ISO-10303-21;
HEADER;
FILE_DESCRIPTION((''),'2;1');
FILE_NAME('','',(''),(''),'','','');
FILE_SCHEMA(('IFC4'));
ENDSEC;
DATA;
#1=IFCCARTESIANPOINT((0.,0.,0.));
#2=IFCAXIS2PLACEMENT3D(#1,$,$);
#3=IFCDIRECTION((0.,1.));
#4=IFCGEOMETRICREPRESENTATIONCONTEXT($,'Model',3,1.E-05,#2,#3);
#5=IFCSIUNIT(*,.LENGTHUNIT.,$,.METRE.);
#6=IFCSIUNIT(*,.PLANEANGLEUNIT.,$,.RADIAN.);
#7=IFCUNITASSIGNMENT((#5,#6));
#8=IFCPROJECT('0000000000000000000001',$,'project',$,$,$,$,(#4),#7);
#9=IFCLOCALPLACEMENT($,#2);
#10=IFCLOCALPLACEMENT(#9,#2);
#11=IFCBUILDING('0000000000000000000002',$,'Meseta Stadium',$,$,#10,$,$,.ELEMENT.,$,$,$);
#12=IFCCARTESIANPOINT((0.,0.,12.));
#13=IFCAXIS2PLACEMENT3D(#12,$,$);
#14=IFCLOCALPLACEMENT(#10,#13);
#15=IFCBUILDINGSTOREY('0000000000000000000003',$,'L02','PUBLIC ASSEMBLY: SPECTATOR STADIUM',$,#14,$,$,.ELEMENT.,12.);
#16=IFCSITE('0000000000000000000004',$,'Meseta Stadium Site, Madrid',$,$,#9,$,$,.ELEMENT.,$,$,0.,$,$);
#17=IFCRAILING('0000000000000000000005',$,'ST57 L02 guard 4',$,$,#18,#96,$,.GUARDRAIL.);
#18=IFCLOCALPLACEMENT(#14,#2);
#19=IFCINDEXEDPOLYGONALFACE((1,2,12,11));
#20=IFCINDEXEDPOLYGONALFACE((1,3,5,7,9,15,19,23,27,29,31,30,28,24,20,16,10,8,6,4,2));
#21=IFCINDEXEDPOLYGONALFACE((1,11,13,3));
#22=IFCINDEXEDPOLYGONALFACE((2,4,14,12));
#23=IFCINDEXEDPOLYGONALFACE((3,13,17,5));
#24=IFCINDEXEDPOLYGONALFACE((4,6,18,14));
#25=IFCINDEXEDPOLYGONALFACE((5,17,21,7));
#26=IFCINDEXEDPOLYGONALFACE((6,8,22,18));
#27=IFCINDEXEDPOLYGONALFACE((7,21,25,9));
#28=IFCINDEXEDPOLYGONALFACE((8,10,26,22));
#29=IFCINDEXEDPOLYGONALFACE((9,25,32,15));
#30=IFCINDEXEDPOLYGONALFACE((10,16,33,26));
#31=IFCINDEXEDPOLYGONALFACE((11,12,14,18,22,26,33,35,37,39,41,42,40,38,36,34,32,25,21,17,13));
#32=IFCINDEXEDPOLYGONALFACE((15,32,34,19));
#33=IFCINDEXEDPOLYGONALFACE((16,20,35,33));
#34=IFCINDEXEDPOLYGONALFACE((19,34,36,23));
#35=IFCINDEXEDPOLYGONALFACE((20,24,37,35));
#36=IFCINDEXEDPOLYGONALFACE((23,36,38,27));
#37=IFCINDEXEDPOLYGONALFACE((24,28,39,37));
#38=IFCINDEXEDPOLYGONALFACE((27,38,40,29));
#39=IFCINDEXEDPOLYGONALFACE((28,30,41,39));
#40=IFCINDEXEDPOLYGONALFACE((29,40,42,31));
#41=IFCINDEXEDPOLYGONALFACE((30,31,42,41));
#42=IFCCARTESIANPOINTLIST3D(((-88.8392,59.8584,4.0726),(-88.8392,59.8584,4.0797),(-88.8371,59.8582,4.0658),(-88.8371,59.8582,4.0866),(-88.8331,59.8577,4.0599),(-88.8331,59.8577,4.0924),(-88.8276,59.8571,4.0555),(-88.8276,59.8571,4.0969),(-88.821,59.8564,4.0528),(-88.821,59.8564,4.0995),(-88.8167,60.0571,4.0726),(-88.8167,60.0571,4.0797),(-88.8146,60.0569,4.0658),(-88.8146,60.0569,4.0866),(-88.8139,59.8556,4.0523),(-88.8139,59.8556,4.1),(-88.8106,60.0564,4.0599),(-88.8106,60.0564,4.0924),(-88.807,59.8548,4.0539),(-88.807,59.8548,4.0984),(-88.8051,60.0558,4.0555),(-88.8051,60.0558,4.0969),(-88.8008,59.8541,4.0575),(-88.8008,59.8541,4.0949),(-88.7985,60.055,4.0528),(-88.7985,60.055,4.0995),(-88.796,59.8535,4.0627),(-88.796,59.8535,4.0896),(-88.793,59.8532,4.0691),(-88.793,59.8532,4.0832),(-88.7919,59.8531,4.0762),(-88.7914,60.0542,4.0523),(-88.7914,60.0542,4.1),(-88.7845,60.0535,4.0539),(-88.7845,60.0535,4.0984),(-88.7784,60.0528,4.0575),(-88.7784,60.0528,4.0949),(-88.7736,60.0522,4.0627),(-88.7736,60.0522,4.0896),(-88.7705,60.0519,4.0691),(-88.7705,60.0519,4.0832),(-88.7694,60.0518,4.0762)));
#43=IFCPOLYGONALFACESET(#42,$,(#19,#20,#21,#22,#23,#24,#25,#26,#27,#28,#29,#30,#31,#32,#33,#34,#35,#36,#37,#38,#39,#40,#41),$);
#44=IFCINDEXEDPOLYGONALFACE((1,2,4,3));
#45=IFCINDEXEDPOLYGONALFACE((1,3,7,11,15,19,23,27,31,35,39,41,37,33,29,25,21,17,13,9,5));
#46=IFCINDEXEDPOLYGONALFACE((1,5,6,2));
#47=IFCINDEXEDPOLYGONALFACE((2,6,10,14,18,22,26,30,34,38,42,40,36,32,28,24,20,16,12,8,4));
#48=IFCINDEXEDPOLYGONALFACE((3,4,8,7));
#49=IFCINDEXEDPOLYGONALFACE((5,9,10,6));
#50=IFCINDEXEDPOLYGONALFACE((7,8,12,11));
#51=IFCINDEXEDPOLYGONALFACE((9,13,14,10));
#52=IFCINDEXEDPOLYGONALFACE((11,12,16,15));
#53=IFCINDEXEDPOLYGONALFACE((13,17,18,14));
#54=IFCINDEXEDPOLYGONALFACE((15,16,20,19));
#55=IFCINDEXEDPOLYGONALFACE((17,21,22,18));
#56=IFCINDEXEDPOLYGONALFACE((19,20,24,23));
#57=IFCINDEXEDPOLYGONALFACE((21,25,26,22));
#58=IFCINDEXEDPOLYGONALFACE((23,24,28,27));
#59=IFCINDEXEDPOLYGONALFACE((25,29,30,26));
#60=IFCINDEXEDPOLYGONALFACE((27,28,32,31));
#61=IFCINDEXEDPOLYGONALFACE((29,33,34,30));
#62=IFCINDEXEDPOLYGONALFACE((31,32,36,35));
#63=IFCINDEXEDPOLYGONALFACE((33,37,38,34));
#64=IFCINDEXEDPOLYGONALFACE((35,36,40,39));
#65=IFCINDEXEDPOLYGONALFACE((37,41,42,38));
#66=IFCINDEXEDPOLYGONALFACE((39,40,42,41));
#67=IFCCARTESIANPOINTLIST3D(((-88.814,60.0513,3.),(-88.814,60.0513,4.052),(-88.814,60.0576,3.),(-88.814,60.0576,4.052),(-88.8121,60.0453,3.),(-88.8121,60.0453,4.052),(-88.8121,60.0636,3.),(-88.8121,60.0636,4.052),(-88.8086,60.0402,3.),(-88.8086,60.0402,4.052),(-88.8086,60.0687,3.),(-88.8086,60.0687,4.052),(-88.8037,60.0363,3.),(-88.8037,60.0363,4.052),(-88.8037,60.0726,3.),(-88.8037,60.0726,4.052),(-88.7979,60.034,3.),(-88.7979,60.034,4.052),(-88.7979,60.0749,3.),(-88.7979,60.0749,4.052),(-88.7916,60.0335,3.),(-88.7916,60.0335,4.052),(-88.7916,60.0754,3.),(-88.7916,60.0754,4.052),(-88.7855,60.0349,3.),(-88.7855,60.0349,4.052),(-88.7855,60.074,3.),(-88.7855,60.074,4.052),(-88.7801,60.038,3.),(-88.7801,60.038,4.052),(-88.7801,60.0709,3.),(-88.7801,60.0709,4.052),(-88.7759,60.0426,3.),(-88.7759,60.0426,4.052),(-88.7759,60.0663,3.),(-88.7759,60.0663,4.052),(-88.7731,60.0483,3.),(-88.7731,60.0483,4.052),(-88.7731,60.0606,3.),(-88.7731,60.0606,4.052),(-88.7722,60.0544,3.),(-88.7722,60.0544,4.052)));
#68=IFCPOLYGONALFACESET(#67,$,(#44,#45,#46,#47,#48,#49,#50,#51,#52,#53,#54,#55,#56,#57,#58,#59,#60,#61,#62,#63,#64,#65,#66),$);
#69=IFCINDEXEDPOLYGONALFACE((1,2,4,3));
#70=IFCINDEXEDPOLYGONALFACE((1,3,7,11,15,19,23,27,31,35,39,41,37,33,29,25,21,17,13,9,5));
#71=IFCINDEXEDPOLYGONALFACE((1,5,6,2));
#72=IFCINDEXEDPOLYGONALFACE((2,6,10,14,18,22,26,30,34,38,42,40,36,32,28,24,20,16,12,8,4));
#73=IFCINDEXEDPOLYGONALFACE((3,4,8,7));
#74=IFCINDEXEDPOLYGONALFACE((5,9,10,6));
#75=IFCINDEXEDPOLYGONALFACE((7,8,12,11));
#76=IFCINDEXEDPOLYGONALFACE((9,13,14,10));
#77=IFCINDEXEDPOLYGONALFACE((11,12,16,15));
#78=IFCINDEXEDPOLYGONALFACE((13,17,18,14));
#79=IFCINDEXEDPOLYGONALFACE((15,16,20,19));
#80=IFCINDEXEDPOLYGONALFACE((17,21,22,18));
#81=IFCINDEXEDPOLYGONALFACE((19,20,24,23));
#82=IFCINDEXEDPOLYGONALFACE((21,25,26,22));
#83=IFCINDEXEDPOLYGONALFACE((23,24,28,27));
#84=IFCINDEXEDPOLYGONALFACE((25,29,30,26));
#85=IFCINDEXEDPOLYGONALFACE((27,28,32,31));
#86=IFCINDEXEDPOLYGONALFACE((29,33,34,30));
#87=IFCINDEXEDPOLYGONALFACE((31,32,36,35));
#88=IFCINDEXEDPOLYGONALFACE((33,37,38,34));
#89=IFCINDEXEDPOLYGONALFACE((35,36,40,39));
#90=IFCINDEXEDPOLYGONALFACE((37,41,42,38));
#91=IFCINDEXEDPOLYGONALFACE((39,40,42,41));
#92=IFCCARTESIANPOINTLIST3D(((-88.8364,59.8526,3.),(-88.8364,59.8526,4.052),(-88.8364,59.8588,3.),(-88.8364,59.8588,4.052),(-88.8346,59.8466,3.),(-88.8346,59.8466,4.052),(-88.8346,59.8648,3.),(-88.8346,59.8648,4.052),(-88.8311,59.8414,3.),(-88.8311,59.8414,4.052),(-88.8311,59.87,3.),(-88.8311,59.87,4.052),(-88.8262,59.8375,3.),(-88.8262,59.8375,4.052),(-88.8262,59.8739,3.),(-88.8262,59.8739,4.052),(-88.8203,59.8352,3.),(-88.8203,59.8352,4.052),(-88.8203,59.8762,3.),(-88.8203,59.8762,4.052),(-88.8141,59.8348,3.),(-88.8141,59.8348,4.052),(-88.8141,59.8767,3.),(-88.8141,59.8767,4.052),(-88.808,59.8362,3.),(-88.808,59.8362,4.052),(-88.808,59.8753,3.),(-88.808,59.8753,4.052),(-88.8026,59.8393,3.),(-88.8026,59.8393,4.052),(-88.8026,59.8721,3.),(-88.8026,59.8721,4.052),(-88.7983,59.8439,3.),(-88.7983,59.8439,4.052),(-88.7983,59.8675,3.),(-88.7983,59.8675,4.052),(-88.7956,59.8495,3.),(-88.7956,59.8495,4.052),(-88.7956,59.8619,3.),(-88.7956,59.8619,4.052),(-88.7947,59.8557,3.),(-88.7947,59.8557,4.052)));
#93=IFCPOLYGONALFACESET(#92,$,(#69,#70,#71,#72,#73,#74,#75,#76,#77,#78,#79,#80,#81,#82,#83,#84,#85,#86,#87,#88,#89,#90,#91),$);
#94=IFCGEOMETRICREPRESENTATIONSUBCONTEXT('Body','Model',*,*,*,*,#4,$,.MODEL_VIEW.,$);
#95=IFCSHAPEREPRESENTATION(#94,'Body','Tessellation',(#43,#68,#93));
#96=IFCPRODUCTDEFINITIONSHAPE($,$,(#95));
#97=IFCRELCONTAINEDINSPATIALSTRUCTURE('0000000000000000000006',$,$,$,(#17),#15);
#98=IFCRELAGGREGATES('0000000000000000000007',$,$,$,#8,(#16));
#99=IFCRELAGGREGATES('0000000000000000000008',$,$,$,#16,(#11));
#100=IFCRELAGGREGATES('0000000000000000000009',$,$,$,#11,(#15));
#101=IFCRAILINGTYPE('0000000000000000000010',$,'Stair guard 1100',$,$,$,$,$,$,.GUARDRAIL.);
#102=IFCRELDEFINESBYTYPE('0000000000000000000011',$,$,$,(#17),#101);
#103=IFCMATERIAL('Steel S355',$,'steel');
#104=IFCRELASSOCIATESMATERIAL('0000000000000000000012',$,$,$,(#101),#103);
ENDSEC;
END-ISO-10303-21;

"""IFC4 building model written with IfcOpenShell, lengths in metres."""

from ifc_helpers import new_model, si_unit, direction, frame, origin, origin_2d, place, context, subcontext, project, spatial, circle, extrude, material, type_object, element, save


model = new_model("IFC4")

# Units and contexts
model_context = context("Model", 3, precision=1e-05, world=origin(), true_north=direction((0.0, 1.0)))
body_context = subcontext(model_context, "Body", "Model", "MODEL_VIEW")
ifc_project = project(units=[si_unit("LENGTHUNIT", "METRE"), si_unit("PLANEANGLEUNIT", "RADIAN")], contexts=[model_context])

# Site, building, storey
site_placement = place(None, origin())
site = spatial("IfcSite", under=ifc_project, at=site_placement, Name="Meseta Stadium Site, Madrid", CompositionType="ELEMENT", RefElevation=0.0)
building_placement = place(site_placement, origin())
building = spatial("IfcBuilding", under=site, at=building_placement, Name="Meseta Stadium", CompositionType="ELEMENT")
storey_placement = place(building_placement, frame((0.0, 0.0, 12.0)))
storey = spatial("IfcBuildingStorey", under=building, at=storey_placement, Name="L02", Description="PUBLIC ASSEMBLY: SPECTATOR STADIUM", CompositionType="ELEMENT", Elevation=12.0)

# Railing
ifc_material_1 = material(Name="Steel S355", Category="steel")
railing_type_1 = type_object("IfcRailingType", Name="Stair guard 1100", PredefinedType="GUARDRAIL", material=ifc_material_1)
railing_1_placement = place(storey_placement, frame((-88.7932, 60.0544, 3.0)))
element("IfcRailing", 1, at=railing_1_placement, inside=storey, type_object=railing_type_1, Name="ST57 L02 guard 4", PredefinedType="GUARDRAIL", context=body_context, shape_type="SweptSolid", body=[
    extrude(circle(Radius=0.0239, at=origin_2d()), frame((0.0, 0.0, 1.0762), z_axis=(-0.112307, -0.993674, 0.0), x_axis=(0.993674, -0.112307, 0.0)), (0.0, 0.0, 1.0), 0.2),
    extrude(circle(Radius=0.021, at=origin_2d()), origin(), (0.0, 0.0, 1.0), 1.052),
    extrude(circle(Radius=0.021, at=origin_2d()), frame((-0.0225, -0.1987, 0.0)), (0.0, 0.0, 1.0), 1.052),
])

save(model, "model.ifc")
